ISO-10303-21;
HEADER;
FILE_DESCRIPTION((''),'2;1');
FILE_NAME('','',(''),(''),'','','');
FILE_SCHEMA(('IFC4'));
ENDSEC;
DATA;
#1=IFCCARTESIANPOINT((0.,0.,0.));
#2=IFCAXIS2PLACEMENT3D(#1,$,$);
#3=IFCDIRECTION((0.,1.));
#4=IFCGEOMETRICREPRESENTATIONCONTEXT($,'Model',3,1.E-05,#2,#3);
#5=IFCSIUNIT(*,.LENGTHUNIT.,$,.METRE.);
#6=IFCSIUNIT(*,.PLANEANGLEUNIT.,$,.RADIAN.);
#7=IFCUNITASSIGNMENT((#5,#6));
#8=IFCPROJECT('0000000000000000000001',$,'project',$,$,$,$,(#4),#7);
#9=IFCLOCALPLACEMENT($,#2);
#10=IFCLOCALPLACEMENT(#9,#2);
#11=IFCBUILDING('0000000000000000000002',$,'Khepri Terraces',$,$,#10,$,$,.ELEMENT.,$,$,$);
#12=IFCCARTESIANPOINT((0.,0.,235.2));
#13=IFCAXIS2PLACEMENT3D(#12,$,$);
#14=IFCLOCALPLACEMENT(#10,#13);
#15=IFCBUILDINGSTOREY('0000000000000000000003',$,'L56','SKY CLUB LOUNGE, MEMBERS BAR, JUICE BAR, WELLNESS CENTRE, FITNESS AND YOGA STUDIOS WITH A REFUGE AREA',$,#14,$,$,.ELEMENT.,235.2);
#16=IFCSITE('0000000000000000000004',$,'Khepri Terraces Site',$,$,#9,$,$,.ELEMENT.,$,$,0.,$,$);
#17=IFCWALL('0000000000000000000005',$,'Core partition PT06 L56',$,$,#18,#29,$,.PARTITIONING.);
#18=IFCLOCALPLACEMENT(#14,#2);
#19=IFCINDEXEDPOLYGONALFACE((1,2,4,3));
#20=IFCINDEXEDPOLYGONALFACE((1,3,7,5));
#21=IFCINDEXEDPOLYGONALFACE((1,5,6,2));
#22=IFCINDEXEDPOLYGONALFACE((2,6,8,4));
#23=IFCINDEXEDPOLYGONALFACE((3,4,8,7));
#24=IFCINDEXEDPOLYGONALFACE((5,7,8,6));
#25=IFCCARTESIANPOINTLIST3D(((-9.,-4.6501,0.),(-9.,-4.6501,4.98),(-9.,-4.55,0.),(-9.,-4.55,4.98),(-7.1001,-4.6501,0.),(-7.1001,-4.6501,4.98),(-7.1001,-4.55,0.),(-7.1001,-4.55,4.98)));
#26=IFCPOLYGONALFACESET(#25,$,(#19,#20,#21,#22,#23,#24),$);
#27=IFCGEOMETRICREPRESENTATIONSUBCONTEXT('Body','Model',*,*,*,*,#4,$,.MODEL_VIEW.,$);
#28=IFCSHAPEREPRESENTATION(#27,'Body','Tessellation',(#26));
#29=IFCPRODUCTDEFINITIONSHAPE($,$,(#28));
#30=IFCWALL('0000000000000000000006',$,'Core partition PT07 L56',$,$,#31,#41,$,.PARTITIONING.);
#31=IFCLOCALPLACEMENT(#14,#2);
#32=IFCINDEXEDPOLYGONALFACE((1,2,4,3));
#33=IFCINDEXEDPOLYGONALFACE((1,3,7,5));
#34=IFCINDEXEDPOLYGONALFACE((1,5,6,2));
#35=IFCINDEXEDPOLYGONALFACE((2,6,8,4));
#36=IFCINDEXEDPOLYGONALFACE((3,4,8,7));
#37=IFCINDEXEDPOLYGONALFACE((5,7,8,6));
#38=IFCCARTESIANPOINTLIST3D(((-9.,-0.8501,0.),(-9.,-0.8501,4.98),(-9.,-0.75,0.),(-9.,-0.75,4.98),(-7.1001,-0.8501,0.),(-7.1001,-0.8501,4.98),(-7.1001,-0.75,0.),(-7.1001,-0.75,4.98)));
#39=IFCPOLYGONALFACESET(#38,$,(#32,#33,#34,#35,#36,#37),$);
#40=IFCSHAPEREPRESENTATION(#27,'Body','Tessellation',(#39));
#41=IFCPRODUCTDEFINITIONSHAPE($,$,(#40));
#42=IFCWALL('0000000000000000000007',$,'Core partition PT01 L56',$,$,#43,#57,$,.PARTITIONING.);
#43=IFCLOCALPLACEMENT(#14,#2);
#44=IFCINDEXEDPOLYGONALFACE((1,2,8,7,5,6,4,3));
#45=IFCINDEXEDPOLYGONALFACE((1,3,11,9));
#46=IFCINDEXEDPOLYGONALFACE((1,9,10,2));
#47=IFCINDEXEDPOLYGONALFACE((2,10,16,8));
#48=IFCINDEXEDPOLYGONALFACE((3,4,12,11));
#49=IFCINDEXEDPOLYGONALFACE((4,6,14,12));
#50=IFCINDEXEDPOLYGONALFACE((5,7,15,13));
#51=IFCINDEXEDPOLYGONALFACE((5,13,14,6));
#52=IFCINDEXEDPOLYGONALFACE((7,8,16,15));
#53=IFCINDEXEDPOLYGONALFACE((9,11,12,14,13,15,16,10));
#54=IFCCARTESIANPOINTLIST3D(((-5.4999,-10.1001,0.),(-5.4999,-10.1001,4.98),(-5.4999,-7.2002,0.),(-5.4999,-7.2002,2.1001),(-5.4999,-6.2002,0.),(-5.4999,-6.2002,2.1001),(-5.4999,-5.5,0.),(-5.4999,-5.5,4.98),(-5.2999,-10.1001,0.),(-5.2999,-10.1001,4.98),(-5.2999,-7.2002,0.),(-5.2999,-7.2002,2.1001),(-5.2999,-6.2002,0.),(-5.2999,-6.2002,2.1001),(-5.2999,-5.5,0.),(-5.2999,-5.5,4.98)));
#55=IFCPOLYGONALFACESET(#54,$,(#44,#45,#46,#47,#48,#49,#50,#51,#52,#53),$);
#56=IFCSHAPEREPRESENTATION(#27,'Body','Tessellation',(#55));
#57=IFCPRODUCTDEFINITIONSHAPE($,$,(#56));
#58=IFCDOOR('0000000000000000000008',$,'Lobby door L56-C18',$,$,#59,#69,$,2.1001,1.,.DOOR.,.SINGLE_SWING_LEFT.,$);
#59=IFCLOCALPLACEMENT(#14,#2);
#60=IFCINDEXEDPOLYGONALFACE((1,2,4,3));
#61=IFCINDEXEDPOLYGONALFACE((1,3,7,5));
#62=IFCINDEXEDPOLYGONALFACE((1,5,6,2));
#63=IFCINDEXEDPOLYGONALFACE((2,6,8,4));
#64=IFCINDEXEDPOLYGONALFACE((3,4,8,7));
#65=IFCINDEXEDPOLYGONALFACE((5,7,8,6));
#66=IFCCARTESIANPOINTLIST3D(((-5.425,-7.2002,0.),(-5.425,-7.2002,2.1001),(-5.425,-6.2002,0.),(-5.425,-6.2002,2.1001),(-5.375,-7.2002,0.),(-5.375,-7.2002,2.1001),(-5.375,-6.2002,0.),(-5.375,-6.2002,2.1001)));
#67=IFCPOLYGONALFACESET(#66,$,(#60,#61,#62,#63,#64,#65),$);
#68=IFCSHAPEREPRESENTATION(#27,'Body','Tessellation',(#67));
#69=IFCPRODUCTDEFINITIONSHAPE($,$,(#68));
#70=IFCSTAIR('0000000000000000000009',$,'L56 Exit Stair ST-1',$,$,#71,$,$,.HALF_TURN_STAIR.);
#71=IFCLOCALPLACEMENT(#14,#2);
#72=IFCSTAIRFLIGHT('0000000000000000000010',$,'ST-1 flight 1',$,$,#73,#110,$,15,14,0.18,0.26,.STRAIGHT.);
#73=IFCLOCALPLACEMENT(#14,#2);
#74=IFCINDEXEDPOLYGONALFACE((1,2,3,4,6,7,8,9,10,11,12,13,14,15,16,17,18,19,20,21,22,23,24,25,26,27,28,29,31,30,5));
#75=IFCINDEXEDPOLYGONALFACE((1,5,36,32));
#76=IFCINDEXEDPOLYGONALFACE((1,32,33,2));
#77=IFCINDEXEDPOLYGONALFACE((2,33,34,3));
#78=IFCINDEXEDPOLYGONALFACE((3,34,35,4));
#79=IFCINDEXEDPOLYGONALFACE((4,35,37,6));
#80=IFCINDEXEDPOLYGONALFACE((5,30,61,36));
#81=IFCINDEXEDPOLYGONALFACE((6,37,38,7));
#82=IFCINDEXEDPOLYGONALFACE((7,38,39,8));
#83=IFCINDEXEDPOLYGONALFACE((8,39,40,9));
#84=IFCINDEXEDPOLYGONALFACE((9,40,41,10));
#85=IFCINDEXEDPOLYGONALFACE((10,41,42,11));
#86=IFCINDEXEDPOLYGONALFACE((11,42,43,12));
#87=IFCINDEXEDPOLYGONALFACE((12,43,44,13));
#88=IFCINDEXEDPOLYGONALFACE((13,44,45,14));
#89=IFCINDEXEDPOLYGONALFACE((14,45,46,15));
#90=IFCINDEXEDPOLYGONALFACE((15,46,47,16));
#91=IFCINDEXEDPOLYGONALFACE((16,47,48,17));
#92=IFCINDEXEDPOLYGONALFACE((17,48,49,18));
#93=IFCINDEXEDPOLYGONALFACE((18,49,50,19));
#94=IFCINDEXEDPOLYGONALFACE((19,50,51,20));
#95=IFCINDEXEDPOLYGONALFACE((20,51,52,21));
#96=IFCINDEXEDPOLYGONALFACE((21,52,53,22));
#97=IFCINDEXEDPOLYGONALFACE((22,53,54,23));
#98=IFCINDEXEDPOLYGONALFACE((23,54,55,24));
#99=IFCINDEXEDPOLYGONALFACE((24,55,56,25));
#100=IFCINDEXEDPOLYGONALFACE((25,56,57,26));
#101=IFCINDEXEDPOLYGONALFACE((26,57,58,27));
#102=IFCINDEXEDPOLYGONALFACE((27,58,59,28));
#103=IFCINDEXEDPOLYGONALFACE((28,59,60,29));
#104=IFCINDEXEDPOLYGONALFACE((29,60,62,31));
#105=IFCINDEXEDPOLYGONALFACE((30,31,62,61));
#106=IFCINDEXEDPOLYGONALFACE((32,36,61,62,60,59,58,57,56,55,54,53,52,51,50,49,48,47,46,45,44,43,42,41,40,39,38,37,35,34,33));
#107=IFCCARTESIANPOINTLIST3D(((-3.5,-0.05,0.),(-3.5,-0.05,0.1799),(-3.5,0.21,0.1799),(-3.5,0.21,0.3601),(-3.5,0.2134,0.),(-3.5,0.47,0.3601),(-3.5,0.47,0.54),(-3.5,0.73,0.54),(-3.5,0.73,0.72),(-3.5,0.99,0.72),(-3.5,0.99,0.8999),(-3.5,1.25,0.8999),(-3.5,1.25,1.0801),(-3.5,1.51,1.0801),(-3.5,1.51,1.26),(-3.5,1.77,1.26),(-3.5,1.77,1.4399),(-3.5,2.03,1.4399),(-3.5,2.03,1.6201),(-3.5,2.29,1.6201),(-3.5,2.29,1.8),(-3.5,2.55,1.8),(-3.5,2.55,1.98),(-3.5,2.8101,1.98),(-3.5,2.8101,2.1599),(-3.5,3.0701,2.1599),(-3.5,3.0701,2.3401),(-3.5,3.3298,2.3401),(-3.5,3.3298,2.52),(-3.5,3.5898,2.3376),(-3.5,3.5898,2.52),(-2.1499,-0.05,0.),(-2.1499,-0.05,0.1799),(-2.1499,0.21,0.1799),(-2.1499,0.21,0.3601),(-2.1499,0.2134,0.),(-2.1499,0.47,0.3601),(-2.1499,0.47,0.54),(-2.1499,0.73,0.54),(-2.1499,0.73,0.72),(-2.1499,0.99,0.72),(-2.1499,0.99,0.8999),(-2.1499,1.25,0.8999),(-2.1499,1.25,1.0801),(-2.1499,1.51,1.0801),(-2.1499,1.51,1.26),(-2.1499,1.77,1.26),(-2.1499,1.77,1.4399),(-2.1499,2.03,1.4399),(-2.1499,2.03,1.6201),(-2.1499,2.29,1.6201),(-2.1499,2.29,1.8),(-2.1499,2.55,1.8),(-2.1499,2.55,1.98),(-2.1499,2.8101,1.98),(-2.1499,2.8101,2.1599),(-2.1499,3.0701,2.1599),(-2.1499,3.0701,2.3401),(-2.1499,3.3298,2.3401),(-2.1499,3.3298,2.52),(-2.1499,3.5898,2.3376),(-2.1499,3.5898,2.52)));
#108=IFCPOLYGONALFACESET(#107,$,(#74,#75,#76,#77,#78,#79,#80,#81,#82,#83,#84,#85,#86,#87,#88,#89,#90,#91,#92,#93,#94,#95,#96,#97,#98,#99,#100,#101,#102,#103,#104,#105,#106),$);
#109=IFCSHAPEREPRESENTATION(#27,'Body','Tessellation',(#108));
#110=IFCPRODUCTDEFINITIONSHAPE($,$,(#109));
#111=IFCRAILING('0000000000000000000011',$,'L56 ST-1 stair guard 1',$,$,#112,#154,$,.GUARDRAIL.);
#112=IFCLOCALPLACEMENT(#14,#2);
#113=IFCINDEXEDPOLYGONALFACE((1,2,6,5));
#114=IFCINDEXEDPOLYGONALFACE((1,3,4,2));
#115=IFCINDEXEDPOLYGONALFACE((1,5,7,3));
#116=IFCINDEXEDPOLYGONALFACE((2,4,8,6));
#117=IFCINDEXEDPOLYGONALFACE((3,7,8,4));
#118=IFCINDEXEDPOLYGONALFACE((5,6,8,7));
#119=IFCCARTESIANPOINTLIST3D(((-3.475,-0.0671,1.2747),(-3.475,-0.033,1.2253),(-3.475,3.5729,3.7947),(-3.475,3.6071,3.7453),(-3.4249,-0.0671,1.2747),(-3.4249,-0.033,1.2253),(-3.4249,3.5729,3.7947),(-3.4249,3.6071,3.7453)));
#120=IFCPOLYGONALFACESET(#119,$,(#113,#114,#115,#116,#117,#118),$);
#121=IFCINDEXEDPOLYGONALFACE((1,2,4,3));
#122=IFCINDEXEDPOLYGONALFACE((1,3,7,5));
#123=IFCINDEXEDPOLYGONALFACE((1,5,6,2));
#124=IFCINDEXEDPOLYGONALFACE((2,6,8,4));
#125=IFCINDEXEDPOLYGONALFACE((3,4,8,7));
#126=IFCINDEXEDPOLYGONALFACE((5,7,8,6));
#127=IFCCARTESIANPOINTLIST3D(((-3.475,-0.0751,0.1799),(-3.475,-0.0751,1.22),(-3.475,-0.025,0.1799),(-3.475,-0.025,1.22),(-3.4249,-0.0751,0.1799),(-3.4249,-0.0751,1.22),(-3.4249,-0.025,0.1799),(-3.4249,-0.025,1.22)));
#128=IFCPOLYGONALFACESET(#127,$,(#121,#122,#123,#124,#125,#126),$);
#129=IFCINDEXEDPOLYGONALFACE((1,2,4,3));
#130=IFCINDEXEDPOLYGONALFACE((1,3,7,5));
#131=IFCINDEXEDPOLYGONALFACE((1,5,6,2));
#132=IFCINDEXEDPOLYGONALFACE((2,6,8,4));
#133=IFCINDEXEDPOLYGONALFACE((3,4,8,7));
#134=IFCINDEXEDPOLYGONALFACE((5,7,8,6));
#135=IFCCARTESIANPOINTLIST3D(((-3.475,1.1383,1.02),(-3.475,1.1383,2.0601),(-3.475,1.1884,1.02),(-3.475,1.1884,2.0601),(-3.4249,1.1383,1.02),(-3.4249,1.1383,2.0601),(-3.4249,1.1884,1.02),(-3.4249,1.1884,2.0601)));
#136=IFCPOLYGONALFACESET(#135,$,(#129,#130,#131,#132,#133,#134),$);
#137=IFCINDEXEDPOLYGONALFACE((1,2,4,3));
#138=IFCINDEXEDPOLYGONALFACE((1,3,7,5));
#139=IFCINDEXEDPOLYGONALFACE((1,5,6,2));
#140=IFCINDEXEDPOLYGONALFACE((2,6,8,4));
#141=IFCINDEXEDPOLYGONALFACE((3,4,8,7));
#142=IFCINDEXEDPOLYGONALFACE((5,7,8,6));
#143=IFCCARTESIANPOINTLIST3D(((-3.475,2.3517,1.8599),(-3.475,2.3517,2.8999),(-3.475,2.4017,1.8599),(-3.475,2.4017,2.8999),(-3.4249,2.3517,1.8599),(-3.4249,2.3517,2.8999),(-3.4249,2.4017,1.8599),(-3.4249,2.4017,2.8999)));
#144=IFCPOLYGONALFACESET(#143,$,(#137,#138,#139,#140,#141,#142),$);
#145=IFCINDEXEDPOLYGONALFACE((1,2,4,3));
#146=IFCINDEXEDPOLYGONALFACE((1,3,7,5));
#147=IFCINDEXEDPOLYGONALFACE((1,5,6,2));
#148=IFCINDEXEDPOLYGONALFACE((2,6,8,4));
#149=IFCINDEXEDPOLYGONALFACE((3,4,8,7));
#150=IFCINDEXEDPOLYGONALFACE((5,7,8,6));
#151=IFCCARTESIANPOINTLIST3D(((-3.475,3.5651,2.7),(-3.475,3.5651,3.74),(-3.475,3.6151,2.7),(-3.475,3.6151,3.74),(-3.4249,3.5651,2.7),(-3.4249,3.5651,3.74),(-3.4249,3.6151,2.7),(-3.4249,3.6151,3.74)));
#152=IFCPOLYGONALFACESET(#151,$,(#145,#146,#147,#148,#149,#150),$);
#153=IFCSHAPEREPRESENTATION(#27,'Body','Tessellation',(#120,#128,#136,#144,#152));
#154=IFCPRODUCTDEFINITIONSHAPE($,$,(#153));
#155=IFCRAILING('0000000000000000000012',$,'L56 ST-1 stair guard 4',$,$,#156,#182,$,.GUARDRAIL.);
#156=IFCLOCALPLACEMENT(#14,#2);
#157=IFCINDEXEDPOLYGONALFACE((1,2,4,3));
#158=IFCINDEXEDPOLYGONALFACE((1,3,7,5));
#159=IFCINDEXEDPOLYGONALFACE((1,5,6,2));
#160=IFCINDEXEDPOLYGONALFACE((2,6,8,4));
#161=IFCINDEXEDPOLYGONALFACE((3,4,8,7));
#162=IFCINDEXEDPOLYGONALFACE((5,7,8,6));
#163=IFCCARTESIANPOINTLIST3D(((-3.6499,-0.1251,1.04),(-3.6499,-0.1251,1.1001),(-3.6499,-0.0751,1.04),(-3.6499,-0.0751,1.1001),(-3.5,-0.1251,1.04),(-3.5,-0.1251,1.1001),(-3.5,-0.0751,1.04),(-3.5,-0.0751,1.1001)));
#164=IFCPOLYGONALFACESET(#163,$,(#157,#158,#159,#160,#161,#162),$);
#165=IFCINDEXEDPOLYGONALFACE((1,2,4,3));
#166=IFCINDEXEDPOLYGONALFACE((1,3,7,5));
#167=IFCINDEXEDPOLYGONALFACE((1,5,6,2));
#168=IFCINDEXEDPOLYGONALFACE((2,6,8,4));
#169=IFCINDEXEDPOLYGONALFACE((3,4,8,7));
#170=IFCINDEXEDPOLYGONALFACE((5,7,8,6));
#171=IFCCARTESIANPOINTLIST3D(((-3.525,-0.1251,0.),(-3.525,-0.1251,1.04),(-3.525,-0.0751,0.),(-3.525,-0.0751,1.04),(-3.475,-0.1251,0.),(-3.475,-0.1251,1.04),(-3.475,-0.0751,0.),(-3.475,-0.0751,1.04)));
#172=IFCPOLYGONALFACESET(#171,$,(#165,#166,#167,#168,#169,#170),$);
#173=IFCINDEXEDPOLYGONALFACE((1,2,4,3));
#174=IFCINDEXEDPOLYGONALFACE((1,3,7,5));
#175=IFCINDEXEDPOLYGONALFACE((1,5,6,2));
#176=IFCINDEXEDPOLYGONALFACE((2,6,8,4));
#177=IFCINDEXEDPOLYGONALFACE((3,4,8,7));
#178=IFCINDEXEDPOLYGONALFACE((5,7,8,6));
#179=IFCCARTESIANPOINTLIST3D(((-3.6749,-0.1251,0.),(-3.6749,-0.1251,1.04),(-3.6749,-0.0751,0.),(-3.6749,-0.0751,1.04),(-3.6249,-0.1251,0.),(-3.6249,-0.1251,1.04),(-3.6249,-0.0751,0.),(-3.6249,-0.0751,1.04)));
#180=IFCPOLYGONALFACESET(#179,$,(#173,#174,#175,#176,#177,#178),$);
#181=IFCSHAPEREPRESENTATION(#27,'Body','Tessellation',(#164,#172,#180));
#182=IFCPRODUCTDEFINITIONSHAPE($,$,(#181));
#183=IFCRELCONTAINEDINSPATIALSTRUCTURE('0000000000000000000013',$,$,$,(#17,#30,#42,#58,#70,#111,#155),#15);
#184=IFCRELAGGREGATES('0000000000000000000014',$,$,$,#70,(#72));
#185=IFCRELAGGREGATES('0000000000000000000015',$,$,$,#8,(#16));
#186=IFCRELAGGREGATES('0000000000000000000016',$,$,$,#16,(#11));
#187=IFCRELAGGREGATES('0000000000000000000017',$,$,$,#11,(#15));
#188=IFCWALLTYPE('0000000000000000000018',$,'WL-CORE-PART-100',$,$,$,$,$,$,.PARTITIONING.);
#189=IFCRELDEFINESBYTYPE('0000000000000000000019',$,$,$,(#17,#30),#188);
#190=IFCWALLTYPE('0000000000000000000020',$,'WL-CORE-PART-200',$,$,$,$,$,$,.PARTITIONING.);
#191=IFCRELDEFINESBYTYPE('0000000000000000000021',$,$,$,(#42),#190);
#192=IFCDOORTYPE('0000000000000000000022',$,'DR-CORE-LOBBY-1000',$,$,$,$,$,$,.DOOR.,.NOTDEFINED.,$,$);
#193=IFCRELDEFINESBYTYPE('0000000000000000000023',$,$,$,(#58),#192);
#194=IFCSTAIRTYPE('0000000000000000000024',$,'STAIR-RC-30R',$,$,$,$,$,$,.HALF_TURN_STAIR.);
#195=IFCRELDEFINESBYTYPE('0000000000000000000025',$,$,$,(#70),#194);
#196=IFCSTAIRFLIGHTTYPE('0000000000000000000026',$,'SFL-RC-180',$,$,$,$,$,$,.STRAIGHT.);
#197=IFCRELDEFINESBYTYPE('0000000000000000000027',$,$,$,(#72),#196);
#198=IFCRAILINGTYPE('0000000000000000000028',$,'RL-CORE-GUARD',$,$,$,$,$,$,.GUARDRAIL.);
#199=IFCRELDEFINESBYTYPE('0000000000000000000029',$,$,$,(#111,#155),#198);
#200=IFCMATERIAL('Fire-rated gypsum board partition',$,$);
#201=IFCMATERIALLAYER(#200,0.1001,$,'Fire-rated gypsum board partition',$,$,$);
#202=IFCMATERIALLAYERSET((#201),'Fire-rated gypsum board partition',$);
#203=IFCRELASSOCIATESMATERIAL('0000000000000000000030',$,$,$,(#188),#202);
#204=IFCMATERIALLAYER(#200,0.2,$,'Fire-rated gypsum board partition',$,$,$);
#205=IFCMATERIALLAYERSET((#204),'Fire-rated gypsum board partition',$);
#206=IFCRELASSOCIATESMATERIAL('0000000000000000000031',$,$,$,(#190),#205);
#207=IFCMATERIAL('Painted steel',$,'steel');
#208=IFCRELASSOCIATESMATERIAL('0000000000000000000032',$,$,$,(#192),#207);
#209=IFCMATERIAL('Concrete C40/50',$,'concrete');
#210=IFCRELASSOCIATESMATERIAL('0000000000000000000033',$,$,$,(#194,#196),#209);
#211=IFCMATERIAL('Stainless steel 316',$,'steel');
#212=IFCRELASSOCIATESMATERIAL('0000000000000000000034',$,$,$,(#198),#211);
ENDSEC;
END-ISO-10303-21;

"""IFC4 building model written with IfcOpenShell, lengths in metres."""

from ifc_helpers import new_model, si_unit, direction, frame, frame_2d, origin, origin_2d, place, context, subcontext, project, spatial, polyline, rectangle, outline, extrude, material, layer, layer_set, type_object, element, fill, aggregate, save


model = new_model("IFC4")

# Units and contexts
model_context = context("Model", 3, precision=1e-05, world=origin(), true_north=direction((0.0, 1.0)))
body_context = subcontext(model_context, "Body", "Model", "MODEL_VIEW")
ifc_project = project(units=[si_unit("LENGTHUNIT", "METRE"), si_unit("PLANEANGLEUNIT", "RADIAN")], contexts=[model_context])

# Site, building, storey
site_placement = place(None, origin())
site = spatial("IfcSite", under=ifc_project, at=site_placement, Name="Khepri Terraces Site", CompositionType="ELEMENT", RefElevation=0.0)
building_placement = place(site_placement, origin())
building = spatial("IfcBuilding", under=site, at=building_placement, Name="Khepri Terraces", CompositionType="ELEMENT")
storey_placement = place(building_placement, frame((0.0, 0.0, 235.2)))
storey = spatial("IfcBuildingStorey", under=building, at=storey_placement, Name="L56", Description="SKY CLUB LOUNGE, MEMBERS BAR, JUICE BAR, WELLNESS CENTRE, FITNESS AND YOGA STUDIOS WITH A REFUGE AREA", CompositionType="ELEMENT", Elevation=235.2)

# Shared definitions
ifc_material_1 = material(Name="Painted steel", Category="steel")

# Shared definitions
ifc_material_2 = material(Name="Fire-rated gypsum board partition")
ifc_layer_1 = layer(ifc_material_2, 0.1001, Name="Fire-rated gypsum board partition")
ifc_layer_set_1 = layer_set([ifc_layer_1], Name="Fire-rated gypsum board partition")
wall_type_1 = type_object("IfcWallType", Name="WL-CORE-PART-100", PredefinedType="PARTITIONING", material=ifc_layer_set_1)

# Walls
for number, where, z_axis, x_axis, name in (
    (1, (-9.0, -4.6001, 0.0), (0.0, 0.0, 1.0), (1.0, 0.0, 0.0), "Core partition PT06 L56"),
    (2, (-9.0, -0.8, 0.0), (0.0, 0.0, 1.0), (1.0, 0.0, 0.0), "Core partition PT07 L56"),
):
    element("IfcWall", number, at=place(storey_placement, frame(where, z_axis=z_axis, x_axis=x_axis)), inside=storey, type_object=wall_type_1, Name=name, PredefinedType="PARTITIONING", context=body_context, shape_type="SweptSolid", body=[
        extrude(rectangle(XDim=1.8999, YDim=0.1001, at=frame_2d((0.95, 0.0))), origin(), (0.0, 0.0, 1.0), 4.98),
    ])

# Wall, opening, door
ifc_layer_2 = layer(ifc_material_2, 0.2, Name="Fire-rated gypsum board partition")
ifc_layer_set_2 = layer_set([ifc_layer_2], Name="Fire-rated gypsum board partition")
wall_type_2 = type_object("IfcWallType", Name="WL-CORE-PART-200", PredefinedType="PARTITIONING", material=ifc_layer_set_2)
wall_1_placement = place(storey_placement, frame((-5.3999, -10.1001, 0.0), z_axis=(0.0, 0.0, 1.0), x_axis=(0.0, 1.0, 0.0)))
wall_1 = element("IfcWall", 3, at=wall_1_placement, inside=storey, type_object=wall_type_2, Name="Core partition PT01 L56", PredefinedType="PARTITIONING", context=body_context, shape_type="SweptSolid", body=[
    extrude(rectangle(XDim=4.6001, YDim=0.2, at=frame_2d((2.3, 0.0))), origin(), (0.0, 0.0, 1.0), 4.98),
])
opening_1_placement = place(wall_1_placement, frame((2.8999, 0.0, 0.0)))
opening_1 = element("IfcOpeningElement", 4, at=opening_1_placement, cuts=wall_1, PredefinedType="OPENING", context=body_context, shape_type="SweptSolid", body=[
    extrude(rectangle(XDim=1.0, YDim=2.1001, at=frame_2d((0.5, 1.05))), frame((0.0, 0.1099, 0.0), z_axis=(0.0, -1.0, 0.0), x_axis=(1.0, 0.0, 0.0)), (0.0, 0.0, 1.0), 0.22),
])
door_type_1 = type_object("IfcDoorType", Name="DR-CORE-LOBBY-1000", OperationType="NOTDEFINED", PredefinedType="DOOR", material=ifc_material_1)
door_1_placement = place(opening_1_placement, frame((1.0, 0.0, 0.0), z_axis=(0.0, 0.0, 1.0), x_axis=(-1.0, 0.0, 0.0)))
door_1 = element("IfcDoor", 5, at=door_1_placement, inside=storey, type_object=door_type_1, Name="Lobby door L56-C18", OperationType="SINGLE_SWING_LEFT", OverallHeight=2.1001, OverallWidth=1.0, PredefinedType="DOOR", context=body_context, shape_type="SweptSolid", body=[
    extrude(rectangle(XDim=1.0, YDim=2.1001, at=frame_2d((0.5, 1.05))), frame((0.0, 0.0249, 0.0), z_axis=(0.0, -1.0, 0.0), x_axis=(1.0, 0.0, 0.0)), (0.0, 0.0, 1.0), 0.05),
])
fill(opening_1, door_1)

# Stair, stair flight
ifc_material_3 = material(Name="Concrete C40/50", Category="concrete")
stair_type = type_object("IfcStairType", Name="STAIR-RC-30R", PredefinedType="HALF_TURN_STAIR", material=ifc_material_3)
stair_placement = place(storey_placement, origin())
stair = element("IfcStair", 6, at=stair_placement, inside=storey, type_object=stair_type, Name="L56 Exit Stair ST-1", PredefinedType="HALF_TURN_STAIR")
stair_flight_type = type_object("IfcStairFlightType", Name="SFL-RC-180", PredefinedType="STRAIGHT", material=ifc_material_3)
stair_flight_placement = place(storey_placement, frame((-2.825, -0.05, 0.0), z_axis=(0.0, 0.0, 1.0), x_axis=(0.0, 1.0, 0.0)))
stair_flight = element("IfcStairFlight", 7, at=stair_flight_placement, type_object=stair_flight_type, Name="ST-1 flight 1", NumberOfRisers=15, NumberOfTreads=14, PredefinedType="STRAIGHT", RiserHeight=0.18, TreadLength=0.26, context=body_context, shape_type="SweptSolid", body=[
    extrude(outline(polyline([(0.0, 0.0), (0.0, 0.1799), (0.26, 0.1799), (0.26, 0.3601), (0.52, 0.3601), (0.52, 0.54), (0.78, 0.54), (0.78, 0.72), (1.04, 0.72), (1.04, 0.8999), (1.3, 0.8999), (1.3, 1.0801), (1.5601, 1.0801), (1.5601, 1.26), (1.8201, 1.26), (1.8201, 1.4399), (2.0801, 1.4399), (2.0801, 1.6201), (2.3401, 1.6201), (2.3401, 1.8), (2.6001, 1.8), (2.6001, 1.98), (2.8601, 1.98), (2.8601, 2.1599), (3.1201, 2.1599), (3.1201, 2.3401), (3.3799, 2.3401), (3.3799, 2.52), (3.6399, 2.52), (3.6399, 2.7), (3.6399, 2.3376), (0.2634, 0.0), (0.0, 0.0)])), frame((0.0, 0.675, 0.0), z_axis=(0.0, -1.0, 0.0), x_axis=(1.0, 0.0, 0.0)), (0.0, 0.0, 1.0), 1.3501),
])
aggregate(stair, [stair_flight])

# Railings
ifc_material_4 = material(Name="Stainless steel 316", Category="steel")
railing_type_1 = type_object("IfcRailingType", Name="RL-CORE-GUARD", PredefinedType="GUARDRAIL", material=ifc_material_4)
railing_1_placement = place(storey_placement, frame((-3.45, -0.05, 0.1799)))
element("IfcRailing", 8, at=railing_1_placement, inside=storey, type_object=railing_type_1, Name="L56 ST-1 stair guard 1", PredefinedType="GUARDRAIL", context=body_context, shape_type="SweptSolid", body=[
    extrude(rectangle(XDim=0.05, YDim=0.0601, at=origin_2d()), frame((0.0, 0.0, 1.0701), z_axis=(0.0, 0.8222, 0.569199), x_axis=(-1.0, 0.0, 0.0)), (0.0, 0.0, 1.0), 4.4272),
    extrude(rectangle(XDim=0.05, YDim=0.05, at=origin_2d()), origin(), (0.0, 0.0, 1.0), 1.04),
    extrude(rectangle(XDim=0.05, YDim=0.05, at=origin_2d()), frame((0.0, 1.2134, 0.8401)), (0.0, 0.0, 1.0), 1.04),
    extrude(rectangle(XDim=0.05, YDim=0.05, at=origin_2d()), frame((0.0, 2.4268, 1.6799)), (0.0, 0.0, 1.0), 1.04),
    extrude(rectangle(XDim=0.05, YDim=0.05, at=origin_2d()), frame((0.0, 3.6401, 2.52)), (0.0, 0.0, 1.0), 1.04),
])
railing_2_placement = place(storey_placement, frame((-3.5, -0.1001, 0.0)))
element("IfcRailing", 9, at=railing_2_placement, inside=storey, type_object=railing_type_1, Name="L56 ST-1 stair guard 4", PredefinedType="GUARDRAIL", context=body_context, shape_type="SweptSolid", body=[
    extrude(rectangle(XDim=0.05, YDim=0.0601, at=origin_2d()), frame((0.0, 0.0, 1.0701), z_axis=(-1.0, 0.0, 0.0), x_axis=(0.0, -1.0, 0.0)), (0.0, 0.0, 1.0), 0.1499),
    extrude(rectangle(XDim=0.05, YDim=0.05, at=origin_2d()), origin(), (0.0, 0.0, 1.0), 1.04),
    extrude(rectangle(XDim=0.05, YDim=0.05, at=origin_2d()), frame((-0.1499, 0.0, 0.0)), (0.0, 0.0, 1.0), 1.04),
])

save(model, "model.ifc")
